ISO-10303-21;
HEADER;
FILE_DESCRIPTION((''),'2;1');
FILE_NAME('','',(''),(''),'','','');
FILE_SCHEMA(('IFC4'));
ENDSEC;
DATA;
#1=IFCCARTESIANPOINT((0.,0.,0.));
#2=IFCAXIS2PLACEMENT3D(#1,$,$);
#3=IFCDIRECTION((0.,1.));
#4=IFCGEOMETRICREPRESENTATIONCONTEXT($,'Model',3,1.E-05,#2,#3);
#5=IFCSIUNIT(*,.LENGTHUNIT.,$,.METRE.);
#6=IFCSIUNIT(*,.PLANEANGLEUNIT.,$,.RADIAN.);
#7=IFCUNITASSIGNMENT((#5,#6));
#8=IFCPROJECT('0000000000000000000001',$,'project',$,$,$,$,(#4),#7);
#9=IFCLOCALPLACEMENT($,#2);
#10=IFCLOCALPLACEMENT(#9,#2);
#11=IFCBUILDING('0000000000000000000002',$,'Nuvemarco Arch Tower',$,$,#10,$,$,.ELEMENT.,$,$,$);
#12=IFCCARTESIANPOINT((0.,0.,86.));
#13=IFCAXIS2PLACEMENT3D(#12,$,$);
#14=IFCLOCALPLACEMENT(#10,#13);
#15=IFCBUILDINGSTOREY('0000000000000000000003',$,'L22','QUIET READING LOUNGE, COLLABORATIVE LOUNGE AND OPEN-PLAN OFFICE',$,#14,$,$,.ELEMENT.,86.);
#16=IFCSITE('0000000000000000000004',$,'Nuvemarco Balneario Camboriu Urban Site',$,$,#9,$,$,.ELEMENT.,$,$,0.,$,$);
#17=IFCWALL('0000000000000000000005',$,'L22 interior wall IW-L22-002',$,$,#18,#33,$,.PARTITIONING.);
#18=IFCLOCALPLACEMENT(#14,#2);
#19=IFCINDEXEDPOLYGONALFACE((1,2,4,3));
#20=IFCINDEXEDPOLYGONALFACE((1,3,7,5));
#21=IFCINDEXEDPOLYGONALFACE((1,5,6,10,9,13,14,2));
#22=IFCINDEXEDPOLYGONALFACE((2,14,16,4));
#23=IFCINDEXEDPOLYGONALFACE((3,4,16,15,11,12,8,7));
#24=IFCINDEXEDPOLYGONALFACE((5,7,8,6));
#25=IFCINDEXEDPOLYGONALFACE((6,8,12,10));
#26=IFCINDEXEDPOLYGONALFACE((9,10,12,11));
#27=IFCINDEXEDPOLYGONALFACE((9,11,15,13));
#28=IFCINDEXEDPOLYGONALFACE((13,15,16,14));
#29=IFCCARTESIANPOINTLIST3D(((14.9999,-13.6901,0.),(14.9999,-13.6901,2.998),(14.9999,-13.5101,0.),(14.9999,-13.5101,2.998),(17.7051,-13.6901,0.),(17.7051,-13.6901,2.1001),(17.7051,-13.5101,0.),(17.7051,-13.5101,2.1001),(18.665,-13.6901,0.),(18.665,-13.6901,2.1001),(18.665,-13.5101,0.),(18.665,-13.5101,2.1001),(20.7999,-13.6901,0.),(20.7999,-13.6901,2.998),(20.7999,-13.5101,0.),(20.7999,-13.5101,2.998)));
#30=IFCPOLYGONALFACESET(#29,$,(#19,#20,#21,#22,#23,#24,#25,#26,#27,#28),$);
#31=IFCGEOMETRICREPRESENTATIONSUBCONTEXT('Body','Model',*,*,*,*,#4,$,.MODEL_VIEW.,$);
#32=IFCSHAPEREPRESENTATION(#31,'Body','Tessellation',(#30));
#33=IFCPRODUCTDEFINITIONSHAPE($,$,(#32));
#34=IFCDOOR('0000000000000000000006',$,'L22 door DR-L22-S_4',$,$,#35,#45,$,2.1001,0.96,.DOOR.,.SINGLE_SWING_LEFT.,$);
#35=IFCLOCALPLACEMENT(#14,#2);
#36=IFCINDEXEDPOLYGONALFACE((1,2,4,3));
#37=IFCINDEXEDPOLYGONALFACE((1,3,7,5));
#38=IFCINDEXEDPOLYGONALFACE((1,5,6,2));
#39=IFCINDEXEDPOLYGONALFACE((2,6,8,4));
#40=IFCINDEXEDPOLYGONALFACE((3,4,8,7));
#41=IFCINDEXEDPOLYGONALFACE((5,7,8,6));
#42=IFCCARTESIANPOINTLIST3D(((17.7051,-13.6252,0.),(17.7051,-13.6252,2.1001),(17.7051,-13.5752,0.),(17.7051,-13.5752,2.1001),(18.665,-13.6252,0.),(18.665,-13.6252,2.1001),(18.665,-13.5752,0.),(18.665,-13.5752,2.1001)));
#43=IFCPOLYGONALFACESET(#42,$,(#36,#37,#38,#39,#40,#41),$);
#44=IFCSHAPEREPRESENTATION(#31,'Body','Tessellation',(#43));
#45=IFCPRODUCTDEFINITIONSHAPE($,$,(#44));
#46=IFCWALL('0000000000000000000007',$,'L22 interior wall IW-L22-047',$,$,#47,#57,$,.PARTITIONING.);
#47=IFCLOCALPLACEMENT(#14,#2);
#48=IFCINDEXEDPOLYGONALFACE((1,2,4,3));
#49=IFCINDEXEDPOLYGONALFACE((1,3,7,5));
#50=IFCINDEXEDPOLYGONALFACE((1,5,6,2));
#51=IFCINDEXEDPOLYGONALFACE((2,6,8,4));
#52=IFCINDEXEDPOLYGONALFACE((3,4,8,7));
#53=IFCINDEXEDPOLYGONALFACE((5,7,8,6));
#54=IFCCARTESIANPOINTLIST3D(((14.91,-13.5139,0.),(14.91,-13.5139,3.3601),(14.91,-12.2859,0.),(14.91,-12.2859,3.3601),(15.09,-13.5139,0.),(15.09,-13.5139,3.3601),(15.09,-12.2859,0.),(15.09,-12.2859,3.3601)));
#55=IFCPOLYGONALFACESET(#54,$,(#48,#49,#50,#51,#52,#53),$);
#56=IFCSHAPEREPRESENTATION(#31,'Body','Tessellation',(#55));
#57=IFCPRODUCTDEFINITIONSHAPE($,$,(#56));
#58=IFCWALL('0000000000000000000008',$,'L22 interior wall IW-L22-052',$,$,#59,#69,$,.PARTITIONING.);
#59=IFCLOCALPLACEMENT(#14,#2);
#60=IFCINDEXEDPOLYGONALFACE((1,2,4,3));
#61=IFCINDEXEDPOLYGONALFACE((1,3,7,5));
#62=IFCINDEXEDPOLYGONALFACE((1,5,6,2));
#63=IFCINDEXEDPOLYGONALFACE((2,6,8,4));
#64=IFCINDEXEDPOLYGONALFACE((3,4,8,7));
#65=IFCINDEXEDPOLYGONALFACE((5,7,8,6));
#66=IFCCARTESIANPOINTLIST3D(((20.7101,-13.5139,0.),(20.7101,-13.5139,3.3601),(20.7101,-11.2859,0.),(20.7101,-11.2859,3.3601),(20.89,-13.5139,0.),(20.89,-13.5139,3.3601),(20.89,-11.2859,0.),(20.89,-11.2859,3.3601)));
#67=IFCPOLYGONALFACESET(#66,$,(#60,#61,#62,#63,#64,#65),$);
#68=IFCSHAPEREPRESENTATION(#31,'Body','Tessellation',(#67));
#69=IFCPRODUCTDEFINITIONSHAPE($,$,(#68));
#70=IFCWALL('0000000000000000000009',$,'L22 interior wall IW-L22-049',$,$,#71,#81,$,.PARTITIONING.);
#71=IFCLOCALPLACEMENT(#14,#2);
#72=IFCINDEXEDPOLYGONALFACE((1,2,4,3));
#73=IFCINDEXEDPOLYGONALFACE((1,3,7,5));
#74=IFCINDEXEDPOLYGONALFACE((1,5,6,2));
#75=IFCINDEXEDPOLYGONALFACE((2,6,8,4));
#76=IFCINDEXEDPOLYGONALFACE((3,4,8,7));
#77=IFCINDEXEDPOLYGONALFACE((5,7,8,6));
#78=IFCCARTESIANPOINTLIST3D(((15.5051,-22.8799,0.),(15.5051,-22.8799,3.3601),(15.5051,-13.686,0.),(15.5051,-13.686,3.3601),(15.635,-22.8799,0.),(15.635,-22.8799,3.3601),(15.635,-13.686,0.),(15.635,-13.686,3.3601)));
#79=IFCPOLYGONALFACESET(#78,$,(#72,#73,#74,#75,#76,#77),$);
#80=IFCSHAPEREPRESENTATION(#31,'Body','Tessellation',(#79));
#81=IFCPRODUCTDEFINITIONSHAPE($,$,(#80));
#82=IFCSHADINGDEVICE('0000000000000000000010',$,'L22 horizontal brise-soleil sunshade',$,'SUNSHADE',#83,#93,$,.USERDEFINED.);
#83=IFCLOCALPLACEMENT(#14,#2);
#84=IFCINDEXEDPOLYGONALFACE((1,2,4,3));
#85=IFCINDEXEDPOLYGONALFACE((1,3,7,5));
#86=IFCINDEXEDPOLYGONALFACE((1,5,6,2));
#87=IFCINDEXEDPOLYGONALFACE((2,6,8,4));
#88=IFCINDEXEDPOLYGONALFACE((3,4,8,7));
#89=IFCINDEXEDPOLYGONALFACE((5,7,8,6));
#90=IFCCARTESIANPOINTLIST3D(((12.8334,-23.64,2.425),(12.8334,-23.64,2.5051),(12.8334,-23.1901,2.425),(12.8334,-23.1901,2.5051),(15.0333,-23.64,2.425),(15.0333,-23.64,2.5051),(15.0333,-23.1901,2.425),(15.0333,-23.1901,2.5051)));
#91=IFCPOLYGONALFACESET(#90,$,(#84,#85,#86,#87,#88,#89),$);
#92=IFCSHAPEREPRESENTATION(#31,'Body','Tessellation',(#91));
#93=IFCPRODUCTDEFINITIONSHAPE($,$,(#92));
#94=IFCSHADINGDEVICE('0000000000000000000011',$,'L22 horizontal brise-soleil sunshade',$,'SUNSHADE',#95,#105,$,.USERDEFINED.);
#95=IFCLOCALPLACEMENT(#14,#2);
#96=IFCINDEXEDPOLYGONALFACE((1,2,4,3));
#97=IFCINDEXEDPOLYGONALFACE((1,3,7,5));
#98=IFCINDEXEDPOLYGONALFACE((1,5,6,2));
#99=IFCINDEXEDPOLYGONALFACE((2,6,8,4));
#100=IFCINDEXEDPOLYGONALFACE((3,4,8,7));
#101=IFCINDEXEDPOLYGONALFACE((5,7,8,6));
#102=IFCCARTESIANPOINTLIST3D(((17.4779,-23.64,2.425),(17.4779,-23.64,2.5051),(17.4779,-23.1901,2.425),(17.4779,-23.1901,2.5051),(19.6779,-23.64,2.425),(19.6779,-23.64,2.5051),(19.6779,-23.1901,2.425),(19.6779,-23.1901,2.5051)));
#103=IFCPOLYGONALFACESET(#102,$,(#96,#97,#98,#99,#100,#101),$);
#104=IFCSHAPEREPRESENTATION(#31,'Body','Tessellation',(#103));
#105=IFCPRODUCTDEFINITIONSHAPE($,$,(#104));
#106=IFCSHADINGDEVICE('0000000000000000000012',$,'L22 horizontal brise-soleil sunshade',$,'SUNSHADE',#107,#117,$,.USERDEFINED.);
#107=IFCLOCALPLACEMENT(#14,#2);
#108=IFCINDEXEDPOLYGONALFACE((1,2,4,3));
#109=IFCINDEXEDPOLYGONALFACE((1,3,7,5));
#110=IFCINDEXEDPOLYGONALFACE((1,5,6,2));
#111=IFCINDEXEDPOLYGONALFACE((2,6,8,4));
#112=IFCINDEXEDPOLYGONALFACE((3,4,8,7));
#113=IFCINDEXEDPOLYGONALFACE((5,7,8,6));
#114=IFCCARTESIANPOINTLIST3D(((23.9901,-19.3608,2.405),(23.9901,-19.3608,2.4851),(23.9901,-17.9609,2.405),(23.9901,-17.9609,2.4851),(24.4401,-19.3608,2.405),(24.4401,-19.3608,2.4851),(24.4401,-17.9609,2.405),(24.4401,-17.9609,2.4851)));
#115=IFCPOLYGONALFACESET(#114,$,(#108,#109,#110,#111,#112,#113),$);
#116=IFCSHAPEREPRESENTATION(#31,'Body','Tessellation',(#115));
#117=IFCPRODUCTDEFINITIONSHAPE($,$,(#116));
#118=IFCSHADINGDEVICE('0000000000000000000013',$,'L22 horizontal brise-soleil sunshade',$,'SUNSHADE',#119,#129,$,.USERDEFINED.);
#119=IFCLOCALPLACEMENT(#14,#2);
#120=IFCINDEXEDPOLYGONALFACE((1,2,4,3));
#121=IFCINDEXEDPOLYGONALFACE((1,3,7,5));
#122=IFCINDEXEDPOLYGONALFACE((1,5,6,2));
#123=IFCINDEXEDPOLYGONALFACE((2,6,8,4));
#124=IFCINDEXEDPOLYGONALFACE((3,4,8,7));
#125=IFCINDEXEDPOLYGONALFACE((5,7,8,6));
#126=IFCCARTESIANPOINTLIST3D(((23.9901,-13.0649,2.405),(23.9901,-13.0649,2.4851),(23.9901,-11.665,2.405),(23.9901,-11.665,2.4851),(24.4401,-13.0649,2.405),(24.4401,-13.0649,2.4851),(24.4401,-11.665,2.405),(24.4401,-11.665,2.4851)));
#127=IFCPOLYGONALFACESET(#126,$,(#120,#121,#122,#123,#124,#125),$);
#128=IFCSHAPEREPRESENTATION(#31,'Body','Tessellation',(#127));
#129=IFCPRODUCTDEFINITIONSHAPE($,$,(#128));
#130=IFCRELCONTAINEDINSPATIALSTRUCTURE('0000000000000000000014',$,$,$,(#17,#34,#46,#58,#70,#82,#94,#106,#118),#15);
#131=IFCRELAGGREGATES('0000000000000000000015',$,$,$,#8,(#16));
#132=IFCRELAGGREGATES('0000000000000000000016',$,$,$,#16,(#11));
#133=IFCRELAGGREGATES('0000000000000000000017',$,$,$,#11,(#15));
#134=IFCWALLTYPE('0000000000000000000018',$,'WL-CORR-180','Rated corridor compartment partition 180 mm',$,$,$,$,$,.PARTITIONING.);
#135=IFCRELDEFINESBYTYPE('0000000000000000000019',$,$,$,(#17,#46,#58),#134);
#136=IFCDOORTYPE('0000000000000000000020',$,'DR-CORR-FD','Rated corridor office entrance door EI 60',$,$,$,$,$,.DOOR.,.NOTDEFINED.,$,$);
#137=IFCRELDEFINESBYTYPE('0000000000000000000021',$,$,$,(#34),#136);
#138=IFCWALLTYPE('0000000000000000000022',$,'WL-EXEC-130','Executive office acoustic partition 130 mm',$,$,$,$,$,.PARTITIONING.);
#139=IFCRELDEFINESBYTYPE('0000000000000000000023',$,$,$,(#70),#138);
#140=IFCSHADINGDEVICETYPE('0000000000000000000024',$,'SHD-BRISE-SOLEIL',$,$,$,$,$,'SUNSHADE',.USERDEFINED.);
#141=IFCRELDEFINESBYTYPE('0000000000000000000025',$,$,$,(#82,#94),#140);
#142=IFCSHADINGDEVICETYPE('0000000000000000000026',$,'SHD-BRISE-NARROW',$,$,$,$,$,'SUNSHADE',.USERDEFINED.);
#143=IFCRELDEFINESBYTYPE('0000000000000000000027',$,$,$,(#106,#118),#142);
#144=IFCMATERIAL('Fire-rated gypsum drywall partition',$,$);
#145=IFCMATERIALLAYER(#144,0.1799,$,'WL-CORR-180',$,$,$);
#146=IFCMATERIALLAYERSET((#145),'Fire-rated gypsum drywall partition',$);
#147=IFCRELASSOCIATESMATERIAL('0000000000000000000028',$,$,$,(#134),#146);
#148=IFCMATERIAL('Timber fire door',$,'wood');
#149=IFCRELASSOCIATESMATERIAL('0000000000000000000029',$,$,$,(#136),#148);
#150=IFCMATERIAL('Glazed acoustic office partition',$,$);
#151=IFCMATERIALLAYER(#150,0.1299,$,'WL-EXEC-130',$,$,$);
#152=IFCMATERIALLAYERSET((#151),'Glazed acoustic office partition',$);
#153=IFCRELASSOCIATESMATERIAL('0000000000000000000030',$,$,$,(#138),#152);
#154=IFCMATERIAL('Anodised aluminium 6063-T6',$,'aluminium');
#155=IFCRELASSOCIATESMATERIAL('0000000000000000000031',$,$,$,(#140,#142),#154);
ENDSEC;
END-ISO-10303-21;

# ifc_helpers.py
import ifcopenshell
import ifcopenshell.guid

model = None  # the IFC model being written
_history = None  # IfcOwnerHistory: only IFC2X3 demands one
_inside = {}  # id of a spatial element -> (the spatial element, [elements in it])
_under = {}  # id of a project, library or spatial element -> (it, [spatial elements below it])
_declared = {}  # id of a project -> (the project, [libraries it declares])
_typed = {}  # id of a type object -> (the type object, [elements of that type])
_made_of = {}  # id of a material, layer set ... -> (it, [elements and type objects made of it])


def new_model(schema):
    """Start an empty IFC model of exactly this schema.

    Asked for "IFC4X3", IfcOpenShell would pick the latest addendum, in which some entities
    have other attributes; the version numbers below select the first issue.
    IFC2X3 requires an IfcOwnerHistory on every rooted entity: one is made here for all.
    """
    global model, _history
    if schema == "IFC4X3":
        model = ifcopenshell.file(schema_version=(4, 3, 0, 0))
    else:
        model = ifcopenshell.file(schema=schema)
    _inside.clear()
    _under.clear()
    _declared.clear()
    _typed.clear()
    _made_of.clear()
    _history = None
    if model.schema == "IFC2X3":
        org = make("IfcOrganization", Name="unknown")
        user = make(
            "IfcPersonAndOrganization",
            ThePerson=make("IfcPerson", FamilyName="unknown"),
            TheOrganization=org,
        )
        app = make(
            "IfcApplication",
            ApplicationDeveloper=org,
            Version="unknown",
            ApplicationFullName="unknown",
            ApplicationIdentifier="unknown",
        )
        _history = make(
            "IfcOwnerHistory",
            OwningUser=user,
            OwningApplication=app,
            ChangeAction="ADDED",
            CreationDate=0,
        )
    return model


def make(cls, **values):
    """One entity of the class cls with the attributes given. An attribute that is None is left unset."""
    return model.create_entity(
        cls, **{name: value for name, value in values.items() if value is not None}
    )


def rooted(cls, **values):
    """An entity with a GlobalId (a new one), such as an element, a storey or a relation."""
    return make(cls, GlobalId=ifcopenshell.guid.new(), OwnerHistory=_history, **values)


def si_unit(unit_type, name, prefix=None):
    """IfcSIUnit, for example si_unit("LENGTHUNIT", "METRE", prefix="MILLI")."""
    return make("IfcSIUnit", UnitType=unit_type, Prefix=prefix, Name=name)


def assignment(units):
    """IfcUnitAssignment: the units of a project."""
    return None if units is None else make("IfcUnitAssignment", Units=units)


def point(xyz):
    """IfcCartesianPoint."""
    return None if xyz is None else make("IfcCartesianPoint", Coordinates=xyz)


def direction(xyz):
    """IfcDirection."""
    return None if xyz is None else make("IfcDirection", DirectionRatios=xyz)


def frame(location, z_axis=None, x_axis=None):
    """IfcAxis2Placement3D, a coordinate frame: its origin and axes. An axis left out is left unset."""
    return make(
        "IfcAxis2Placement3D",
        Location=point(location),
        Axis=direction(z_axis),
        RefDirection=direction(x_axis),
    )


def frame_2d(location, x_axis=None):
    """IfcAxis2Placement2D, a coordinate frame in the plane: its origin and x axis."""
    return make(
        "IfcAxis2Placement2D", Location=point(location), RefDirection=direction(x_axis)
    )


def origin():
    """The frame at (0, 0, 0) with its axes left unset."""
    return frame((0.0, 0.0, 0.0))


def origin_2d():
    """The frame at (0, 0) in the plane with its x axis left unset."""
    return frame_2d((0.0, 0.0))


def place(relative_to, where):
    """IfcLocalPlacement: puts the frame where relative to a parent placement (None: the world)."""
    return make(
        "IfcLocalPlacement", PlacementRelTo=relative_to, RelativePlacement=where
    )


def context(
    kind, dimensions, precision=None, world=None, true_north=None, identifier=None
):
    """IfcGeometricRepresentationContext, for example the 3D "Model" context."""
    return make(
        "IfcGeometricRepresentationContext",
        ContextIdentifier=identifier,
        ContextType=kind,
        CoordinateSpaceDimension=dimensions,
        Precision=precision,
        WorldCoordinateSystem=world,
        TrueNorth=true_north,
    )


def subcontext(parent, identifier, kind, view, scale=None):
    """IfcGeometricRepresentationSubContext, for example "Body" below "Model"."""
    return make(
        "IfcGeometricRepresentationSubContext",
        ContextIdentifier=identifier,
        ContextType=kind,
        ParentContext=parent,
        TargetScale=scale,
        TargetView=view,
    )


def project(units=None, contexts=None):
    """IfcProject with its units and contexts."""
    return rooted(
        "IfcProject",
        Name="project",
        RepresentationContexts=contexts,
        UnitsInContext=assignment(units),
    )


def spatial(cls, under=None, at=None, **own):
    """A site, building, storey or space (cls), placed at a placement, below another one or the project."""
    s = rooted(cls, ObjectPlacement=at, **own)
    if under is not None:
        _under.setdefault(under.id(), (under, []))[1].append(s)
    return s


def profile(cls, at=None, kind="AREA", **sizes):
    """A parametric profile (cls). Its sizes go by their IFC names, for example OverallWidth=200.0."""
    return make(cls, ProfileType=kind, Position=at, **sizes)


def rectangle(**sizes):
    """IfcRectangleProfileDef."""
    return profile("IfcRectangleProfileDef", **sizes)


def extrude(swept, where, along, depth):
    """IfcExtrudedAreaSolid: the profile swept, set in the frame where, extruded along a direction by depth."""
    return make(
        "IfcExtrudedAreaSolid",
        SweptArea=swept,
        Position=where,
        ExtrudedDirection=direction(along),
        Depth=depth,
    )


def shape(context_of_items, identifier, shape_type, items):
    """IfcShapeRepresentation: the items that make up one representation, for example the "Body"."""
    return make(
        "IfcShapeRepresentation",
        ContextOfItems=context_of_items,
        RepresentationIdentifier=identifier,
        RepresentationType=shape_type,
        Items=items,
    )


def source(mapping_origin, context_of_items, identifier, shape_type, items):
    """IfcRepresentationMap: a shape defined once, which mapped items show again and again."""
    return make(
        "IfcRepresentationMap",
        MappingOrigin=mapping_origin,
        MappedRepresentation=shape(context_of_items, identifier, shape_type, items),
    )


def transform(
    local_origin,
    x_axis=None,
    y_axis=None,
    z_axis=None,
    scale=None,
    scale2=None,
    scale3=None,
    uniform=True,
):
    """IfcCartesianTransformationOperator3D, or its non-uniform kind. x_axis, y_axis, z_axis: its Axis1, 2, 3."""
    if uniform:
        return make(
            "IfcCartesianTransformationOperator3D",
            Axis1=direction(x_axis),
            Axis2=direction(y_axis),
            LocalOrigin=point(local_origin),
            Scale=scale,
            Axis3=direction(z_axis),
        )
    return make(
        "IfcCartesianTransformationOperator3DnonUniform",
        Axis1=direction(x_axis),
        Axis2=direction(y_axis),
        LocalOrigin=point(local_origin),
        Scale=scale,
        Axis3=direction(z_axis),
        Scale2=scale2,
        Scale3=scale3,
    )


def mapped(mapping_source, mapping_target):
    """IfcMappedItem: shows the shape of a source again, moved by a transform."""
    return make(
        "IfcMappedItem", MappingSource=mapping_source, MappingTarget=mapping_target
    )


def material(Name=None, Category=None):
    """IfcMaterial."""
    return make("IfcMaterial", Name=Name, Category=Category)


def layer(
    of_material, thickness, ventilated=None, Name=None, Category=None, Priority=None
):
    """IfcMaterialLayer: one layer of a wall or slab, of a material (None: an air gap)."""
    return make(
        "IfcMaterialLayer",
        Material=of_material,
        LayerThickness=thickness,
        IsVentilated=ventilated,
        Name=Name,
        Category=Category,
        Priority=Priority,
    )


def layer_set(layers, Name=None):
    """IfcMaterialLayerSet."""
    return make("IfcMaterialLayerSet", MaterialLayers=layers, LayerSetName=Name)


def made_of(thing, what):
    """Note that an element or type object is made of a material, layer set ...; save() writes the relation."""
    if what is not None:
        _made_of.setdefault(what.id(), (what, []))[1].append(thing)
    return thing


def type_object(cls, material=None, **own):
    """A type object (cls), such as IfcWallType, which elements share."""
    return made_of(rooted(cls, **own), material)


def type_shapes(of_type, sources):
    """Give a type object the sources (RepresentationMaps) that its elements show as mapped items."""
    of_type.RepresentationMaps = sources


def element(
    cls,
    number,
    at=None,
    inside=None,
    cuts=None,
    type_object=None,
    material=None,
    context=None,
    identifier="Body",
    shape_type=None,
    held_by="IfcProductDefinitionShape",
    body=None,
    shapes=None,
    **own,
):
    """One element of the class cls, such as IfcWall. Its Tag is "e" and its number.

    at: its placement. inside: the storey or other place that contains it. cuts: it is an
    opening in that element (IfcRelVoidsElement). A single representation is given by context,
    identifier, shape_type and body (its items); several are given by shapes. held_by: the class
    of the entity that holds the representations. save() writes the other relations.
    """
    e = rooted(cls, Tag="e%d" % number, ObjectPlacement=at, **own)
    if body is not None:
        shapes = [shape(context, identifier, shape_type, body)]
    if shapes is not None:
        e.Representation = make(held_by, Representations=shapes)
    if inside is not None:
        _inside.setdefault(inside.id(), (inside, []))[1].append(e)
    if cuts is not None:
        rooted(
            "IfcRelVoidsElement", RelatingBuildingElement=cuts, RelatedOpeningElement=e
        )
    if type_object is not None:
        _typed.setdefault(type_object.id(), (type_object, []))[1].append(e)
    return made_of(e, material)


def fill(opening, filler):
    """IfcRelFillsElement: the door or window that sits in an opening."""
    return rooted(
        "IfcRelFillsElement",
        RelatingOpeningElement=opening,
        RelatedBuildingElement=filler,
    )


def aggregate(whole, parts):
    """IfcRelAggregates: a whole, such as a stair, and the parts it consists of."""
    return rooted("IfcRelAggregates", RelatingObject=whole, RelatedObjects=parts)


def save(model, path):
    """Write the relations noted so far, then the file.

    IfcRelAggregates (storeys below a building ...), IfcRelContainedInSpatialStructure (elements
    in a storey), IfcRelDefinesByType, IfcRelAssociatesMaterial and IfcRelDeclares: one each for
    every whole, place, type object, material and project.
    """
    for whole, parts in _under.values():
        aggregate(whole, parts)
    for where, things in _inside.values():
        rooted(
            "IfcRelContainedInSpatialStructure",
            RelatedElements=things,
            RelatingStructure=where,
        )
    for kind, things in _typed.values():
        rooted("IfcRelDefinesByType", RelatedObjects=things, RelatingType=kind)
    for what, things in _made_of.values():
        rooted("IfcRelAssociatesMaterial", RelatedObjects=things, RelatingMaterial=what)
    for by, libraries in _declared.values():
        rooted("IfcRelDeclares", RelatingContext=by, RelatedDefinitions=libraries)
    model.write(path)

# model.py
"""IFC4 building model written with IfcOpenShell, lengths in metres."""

from ifc_helpers import new_model, si_unit, direction, frame, frame_2d, origin, origin_2d, place, context, subcontext, project, spatial, rectangle, extrude, source, transform, mapped, material, layer, layer_set, type_object, type_shapes, element, fill, save


model = new_model("IFC4")

# Units and contexts
model_context = context("Model", 3, precision=1e-05, world=origin(), true_north=direction((0.0, 1.0)))
body_context = subcontext(model_context, "Body", "Model", "MODEL_VIEW")
ifc_project = project(units=[si_unit("LENGTHUNIT", "METRE"), si_unit("PLANEANGLEUNIT", "RADIAN")], contexts=[model_context])

# Site, building, storey
site_placement = place(None, origin())
site = spatial("IfcSite", under=ifc_project, at=site_placement, Name="Nuvemarco Balneario Camboriu Urban Site", CompositionType="ELEMENT", RefElevation=0.0)
building_placement = place(site_placement, origin())
building = spatial("IfcBuilding", under=site, at=building_placement, Name="Nuvemarco Arch Tower", CompositionType="ELEMENT")
storey_placement = place(building_placement, frame((0.0, 0.0, 86.0)))
storey = spatial("IfcBuildingStorey", under=building, at=storey_placement, Name="L22", Description="QUIET READING LOUNGE, COLLABORATIVE LOUNGE AND OPEN-PLAN OFFICE", CompositionType="ELEMENT", Elevation=86.0)

# Wall, opening, door
ifc_material_1 = material(Name="Fire-rated gypsum drywall partition")
ifc_layer_1 = layer(ifc_material_1, 0.1799, Name="WL-CORR-180")
ifc_layer_set_1 = layer_set([ifc_layer_1], Name="Fire-rated gypsum drywall partition")
wall_type_1 = type_object("IfcWallType", Name="WL-CORR-180", Description="Rated corridor compartment partition 180 mm", PredefinedType="PARTITIONING", material=ifc_layer_set_1)
wall_1_placement = place(storey_placement, frame((15.0, -13.6001, 0.0), z_axis=(0.0, 0.0, 1.0), x_axis=(1.0, 0.0, 0.0)))
wall_1 = element("IfcWall", 1, at=wall_1_placement, inside=storey, type_object=wall_type_1, Name="L22 interior wall IW-L22-002", PredefinedType="PARTITIONING", context=body_context, shape_type="SweptSolid", body=[
    extrude(rectangle(XDim=5.8, YDim=0.1799, at=frame_2d((2.8999, 0.0))), origin(), (0.0, 0.0, 1.0), 2.998),
])
opening_1_placement = place(wall_1_placement, frame((2.7051, 0.0, 0.0)))
opening_1 = element("IfcOpeningElement", 2, at=opening_1_placement, cuts=wall_1, PredefinedType="OPENING", context=body_context, shape_type="SweptSolid", body=[
    extrude(rectangle(XDim=0.96, YDim=2.1001, at=frame_2d((0.48, 1.05))), frame((0.0, 0.0999, 0.0), z_axis=(0.0, -1.0, 0.0), x_axis=(1.0, 0.0, 0.0)), (0.0, 0.0, 1.0), 0.2),
])
ifc_material_2 = material(Name="Timber fire door", Category="wood")
door_type_1 = type_object("IfcDoorType", Name="DR-CORR-FD", Description="Rated corridor office entrance door EI 60", OperationType="NOTDEFINED", PredefinedType="DOOR", material=ifc_material_2)
shared_shape_1 = source(origin(), body_context, "Body", "SweptSolid", [
    extrude(rectangle(XDim=0.96, YDim=2.1001, at=frame_2d((0.48, 1.05))), frame((0.0, 0.0249, 0.0), z_axis=(0.0, -1.0, 0.0), x_axis=(1.0, 0.0, 0.0)), (0.0, 0.0, 1.0), 0.05),
])
type_shapes(door_type_1, [shared_shape_1])
door_1_placement = place(opening_1_placement, origin())
door_1 = element("IfcDoor", 3, at=door_1_placement, inside=storey, type_object=door_type_1, Name="L22 door DR-L22-S_4", OperationType="SINGLE_SWING_LEFT", OverallHeight=2.1001, OverallWidth=0.96, PredefinedType="DOOR", context=body_context, shape_type="MappedRepresentation", body=[
    mapped(shared_shape_1, transform((0.0, 0.0, 0.0), scale=1.0)),
])
fill(opening_1, door_1)

# Walls
wall_2_placement = place(storey_placement, frame((15.0, -13.5139, 0.0), z_axis=(0.0, 0.0, 1.0), x_axis=(0.0, 1.0, 0.0)))
element("IfcWall", 4, at=wall_2_placement, inside=storey, type_object=wall_type_1, Name="L22 interior wall IW-L22-047", PredefinedType="PARTITIONING", context=body_context, shape_type="SweptSolid", body=[
    extrude(rectangle(XDim=1.228, YDim=0.1799, at=frame_2d((0.614, 0.0))), origin(), (0.0, 0.0, 1.0), 3.3601),
])
wall_3_placement = place(storey_placement, frame((20.8, -13.5139, 0.0), z_axis=(0.0, 0.0, 1.0), x_axis=(0.0, 1.0, 0.0)))
element("IfcWall", 5, at=wall_3_placement, inside=storey, type_object=wall_type_1, Name="L22 interior wall IW-L22-052", PredefinedType="PARTITIONING", context=body_context, shape_type="SweptSolid", body=[
    extrude(rectangle(XDim=2.228, YDim=0.1799, at=frame_2d((1.114, 0.0))), origin(), (0.0, 0.0, 1.0), 3.3601),
])
ifc_material_3 = material(Name="Glazed acoustic office partition")
ifc_layer_2 = layer(ifc_material_3, 0.1299, Name="WL-EXEC-130")
ifc_layer_set_2 = layer_set([ifc_layer_2], Name="Glazed acoustic office partition")
wall_type_2 = type_object("IfcWallType", Name="WL-EXEC-130", Description="Executive office acoustic partition 130 mm", PredefinedType="PARTITIONING", material=ifc_layer_set_2)
wall_4_placement = place(storey_placement, frame((15.5701, -22.8799, 0.0), z_axis=(0.0, 0.0, 1.0), x_axis=(0.0, 1.0, 0.0)))
element("IfcWall", 6, at=wall_4_placement, inside=storey, type_object=wall_type_2, Name="L22 interior wall IW-L22-049", PredefinedType="PARTITIONING", context=body_context, shape_type="SweptSolid", body=[
    extrude(rectangle(XDim=9.1938, YDim=0.1299, at=frame_2d((4.5969, 0.0))), origin(), (0.0, 0.0, 1.0), 3.3601),
])

# Shading devices
ifc_material_4 = material(Name="Anodised aluminium 6063-T6", Category="aluminium")
shading_device_type_1 = type_object("IfcShadingDeviceType", Name="SHD-BRISE-SOLEIL", ElementType="SUNSHADE", PredefinedType="USERDEFINED", material=ifc_material_4)
shared_shape_2 = source(origin(), body_context, "Body", "SweptSolid", [
    extrude(rectangle(XDim=2.2, YDim=0.45, at=origin_2d()), origin(), (0.0, 0.0, 1.0), 0.0801),
])
type_shapes(shading_device_type_1, [shared_shape_2])
for number, where, z_axis, x_axis, name in (
    (7, (13.9333, -23.415, 2.425), (0.0, 0.0, 1.0), (1.0, 0.0, 0.0), "L22 horizontal brise-soleil sunshade"),
    (8, (18.5779, -23.415, 2.425), (0.0, 0.0, 1.0), (1.0, 0.0, 0.0), "L22 horizontal brise-soleil sunshade"),
):
    element("IfcShadingDevice", number, at=place(storey_placement, frame(where, z_axis=z_axis, x_axis=x_axis)), inside=storey, type_object=shading_device_type_1, Name=name, ObjectType="SUNSHADE", PredefinedType="USERDEFINED", context=body_context, shape_type="MappedRepresentation", body=[
        mapped(shared_shape_2, transform((0.0, 0.0, 0.0), scale=1.0)),
    ])
shading_device_type_2 = type_object("IfcShadingDeviceType", Name="SHD-BRISE-NARROW", ElementType="SUNSHADE", PredefinedType="USERDEFINED", material=ifc_material_4)
shared_shape_3 = source(origin(), body_context, "Body", "SweptSolid", [
    extrude(rectangle(XDim=1.3999, YDim=0.45, at=origin_2d()), origin(), (0.0, 0.0, 1.0), 0.0801),
])
type_shapes(shading_device_type_2, [shared_shape_3])
for number, where, z_axis, x_axis, name in (
    (9, (24.2151, -18.6609, 2.405), (0.0, 0.0, 1.0), (0.0, 1.0, 0.0), "L22 horizontal brise-soleil sunshade"),
    (10, (24.2151, -12.365, 2.405), (0.0, 0.0, 1.0), (0.0, 1.0, 0.0), "L22 horizontal brise-soleil sunshade"),
):
    element("IfcShadingDevice", number, at=place(storey_placement, frame(where, z_axis=z_axis, x_axis=x_axis)), inside=storey, type_object=shading_device_type_2, Name=name, ObjectType="SUNSHADE", PredefinedType="USERDEFINED", context=body_context, shape_type="MappedRepresentation", body=[
        mapped(shared_shape_3, transform((0.0, 0.0, 0.0), scale=1.0)),
    ])

save(model, "model.ifc")
